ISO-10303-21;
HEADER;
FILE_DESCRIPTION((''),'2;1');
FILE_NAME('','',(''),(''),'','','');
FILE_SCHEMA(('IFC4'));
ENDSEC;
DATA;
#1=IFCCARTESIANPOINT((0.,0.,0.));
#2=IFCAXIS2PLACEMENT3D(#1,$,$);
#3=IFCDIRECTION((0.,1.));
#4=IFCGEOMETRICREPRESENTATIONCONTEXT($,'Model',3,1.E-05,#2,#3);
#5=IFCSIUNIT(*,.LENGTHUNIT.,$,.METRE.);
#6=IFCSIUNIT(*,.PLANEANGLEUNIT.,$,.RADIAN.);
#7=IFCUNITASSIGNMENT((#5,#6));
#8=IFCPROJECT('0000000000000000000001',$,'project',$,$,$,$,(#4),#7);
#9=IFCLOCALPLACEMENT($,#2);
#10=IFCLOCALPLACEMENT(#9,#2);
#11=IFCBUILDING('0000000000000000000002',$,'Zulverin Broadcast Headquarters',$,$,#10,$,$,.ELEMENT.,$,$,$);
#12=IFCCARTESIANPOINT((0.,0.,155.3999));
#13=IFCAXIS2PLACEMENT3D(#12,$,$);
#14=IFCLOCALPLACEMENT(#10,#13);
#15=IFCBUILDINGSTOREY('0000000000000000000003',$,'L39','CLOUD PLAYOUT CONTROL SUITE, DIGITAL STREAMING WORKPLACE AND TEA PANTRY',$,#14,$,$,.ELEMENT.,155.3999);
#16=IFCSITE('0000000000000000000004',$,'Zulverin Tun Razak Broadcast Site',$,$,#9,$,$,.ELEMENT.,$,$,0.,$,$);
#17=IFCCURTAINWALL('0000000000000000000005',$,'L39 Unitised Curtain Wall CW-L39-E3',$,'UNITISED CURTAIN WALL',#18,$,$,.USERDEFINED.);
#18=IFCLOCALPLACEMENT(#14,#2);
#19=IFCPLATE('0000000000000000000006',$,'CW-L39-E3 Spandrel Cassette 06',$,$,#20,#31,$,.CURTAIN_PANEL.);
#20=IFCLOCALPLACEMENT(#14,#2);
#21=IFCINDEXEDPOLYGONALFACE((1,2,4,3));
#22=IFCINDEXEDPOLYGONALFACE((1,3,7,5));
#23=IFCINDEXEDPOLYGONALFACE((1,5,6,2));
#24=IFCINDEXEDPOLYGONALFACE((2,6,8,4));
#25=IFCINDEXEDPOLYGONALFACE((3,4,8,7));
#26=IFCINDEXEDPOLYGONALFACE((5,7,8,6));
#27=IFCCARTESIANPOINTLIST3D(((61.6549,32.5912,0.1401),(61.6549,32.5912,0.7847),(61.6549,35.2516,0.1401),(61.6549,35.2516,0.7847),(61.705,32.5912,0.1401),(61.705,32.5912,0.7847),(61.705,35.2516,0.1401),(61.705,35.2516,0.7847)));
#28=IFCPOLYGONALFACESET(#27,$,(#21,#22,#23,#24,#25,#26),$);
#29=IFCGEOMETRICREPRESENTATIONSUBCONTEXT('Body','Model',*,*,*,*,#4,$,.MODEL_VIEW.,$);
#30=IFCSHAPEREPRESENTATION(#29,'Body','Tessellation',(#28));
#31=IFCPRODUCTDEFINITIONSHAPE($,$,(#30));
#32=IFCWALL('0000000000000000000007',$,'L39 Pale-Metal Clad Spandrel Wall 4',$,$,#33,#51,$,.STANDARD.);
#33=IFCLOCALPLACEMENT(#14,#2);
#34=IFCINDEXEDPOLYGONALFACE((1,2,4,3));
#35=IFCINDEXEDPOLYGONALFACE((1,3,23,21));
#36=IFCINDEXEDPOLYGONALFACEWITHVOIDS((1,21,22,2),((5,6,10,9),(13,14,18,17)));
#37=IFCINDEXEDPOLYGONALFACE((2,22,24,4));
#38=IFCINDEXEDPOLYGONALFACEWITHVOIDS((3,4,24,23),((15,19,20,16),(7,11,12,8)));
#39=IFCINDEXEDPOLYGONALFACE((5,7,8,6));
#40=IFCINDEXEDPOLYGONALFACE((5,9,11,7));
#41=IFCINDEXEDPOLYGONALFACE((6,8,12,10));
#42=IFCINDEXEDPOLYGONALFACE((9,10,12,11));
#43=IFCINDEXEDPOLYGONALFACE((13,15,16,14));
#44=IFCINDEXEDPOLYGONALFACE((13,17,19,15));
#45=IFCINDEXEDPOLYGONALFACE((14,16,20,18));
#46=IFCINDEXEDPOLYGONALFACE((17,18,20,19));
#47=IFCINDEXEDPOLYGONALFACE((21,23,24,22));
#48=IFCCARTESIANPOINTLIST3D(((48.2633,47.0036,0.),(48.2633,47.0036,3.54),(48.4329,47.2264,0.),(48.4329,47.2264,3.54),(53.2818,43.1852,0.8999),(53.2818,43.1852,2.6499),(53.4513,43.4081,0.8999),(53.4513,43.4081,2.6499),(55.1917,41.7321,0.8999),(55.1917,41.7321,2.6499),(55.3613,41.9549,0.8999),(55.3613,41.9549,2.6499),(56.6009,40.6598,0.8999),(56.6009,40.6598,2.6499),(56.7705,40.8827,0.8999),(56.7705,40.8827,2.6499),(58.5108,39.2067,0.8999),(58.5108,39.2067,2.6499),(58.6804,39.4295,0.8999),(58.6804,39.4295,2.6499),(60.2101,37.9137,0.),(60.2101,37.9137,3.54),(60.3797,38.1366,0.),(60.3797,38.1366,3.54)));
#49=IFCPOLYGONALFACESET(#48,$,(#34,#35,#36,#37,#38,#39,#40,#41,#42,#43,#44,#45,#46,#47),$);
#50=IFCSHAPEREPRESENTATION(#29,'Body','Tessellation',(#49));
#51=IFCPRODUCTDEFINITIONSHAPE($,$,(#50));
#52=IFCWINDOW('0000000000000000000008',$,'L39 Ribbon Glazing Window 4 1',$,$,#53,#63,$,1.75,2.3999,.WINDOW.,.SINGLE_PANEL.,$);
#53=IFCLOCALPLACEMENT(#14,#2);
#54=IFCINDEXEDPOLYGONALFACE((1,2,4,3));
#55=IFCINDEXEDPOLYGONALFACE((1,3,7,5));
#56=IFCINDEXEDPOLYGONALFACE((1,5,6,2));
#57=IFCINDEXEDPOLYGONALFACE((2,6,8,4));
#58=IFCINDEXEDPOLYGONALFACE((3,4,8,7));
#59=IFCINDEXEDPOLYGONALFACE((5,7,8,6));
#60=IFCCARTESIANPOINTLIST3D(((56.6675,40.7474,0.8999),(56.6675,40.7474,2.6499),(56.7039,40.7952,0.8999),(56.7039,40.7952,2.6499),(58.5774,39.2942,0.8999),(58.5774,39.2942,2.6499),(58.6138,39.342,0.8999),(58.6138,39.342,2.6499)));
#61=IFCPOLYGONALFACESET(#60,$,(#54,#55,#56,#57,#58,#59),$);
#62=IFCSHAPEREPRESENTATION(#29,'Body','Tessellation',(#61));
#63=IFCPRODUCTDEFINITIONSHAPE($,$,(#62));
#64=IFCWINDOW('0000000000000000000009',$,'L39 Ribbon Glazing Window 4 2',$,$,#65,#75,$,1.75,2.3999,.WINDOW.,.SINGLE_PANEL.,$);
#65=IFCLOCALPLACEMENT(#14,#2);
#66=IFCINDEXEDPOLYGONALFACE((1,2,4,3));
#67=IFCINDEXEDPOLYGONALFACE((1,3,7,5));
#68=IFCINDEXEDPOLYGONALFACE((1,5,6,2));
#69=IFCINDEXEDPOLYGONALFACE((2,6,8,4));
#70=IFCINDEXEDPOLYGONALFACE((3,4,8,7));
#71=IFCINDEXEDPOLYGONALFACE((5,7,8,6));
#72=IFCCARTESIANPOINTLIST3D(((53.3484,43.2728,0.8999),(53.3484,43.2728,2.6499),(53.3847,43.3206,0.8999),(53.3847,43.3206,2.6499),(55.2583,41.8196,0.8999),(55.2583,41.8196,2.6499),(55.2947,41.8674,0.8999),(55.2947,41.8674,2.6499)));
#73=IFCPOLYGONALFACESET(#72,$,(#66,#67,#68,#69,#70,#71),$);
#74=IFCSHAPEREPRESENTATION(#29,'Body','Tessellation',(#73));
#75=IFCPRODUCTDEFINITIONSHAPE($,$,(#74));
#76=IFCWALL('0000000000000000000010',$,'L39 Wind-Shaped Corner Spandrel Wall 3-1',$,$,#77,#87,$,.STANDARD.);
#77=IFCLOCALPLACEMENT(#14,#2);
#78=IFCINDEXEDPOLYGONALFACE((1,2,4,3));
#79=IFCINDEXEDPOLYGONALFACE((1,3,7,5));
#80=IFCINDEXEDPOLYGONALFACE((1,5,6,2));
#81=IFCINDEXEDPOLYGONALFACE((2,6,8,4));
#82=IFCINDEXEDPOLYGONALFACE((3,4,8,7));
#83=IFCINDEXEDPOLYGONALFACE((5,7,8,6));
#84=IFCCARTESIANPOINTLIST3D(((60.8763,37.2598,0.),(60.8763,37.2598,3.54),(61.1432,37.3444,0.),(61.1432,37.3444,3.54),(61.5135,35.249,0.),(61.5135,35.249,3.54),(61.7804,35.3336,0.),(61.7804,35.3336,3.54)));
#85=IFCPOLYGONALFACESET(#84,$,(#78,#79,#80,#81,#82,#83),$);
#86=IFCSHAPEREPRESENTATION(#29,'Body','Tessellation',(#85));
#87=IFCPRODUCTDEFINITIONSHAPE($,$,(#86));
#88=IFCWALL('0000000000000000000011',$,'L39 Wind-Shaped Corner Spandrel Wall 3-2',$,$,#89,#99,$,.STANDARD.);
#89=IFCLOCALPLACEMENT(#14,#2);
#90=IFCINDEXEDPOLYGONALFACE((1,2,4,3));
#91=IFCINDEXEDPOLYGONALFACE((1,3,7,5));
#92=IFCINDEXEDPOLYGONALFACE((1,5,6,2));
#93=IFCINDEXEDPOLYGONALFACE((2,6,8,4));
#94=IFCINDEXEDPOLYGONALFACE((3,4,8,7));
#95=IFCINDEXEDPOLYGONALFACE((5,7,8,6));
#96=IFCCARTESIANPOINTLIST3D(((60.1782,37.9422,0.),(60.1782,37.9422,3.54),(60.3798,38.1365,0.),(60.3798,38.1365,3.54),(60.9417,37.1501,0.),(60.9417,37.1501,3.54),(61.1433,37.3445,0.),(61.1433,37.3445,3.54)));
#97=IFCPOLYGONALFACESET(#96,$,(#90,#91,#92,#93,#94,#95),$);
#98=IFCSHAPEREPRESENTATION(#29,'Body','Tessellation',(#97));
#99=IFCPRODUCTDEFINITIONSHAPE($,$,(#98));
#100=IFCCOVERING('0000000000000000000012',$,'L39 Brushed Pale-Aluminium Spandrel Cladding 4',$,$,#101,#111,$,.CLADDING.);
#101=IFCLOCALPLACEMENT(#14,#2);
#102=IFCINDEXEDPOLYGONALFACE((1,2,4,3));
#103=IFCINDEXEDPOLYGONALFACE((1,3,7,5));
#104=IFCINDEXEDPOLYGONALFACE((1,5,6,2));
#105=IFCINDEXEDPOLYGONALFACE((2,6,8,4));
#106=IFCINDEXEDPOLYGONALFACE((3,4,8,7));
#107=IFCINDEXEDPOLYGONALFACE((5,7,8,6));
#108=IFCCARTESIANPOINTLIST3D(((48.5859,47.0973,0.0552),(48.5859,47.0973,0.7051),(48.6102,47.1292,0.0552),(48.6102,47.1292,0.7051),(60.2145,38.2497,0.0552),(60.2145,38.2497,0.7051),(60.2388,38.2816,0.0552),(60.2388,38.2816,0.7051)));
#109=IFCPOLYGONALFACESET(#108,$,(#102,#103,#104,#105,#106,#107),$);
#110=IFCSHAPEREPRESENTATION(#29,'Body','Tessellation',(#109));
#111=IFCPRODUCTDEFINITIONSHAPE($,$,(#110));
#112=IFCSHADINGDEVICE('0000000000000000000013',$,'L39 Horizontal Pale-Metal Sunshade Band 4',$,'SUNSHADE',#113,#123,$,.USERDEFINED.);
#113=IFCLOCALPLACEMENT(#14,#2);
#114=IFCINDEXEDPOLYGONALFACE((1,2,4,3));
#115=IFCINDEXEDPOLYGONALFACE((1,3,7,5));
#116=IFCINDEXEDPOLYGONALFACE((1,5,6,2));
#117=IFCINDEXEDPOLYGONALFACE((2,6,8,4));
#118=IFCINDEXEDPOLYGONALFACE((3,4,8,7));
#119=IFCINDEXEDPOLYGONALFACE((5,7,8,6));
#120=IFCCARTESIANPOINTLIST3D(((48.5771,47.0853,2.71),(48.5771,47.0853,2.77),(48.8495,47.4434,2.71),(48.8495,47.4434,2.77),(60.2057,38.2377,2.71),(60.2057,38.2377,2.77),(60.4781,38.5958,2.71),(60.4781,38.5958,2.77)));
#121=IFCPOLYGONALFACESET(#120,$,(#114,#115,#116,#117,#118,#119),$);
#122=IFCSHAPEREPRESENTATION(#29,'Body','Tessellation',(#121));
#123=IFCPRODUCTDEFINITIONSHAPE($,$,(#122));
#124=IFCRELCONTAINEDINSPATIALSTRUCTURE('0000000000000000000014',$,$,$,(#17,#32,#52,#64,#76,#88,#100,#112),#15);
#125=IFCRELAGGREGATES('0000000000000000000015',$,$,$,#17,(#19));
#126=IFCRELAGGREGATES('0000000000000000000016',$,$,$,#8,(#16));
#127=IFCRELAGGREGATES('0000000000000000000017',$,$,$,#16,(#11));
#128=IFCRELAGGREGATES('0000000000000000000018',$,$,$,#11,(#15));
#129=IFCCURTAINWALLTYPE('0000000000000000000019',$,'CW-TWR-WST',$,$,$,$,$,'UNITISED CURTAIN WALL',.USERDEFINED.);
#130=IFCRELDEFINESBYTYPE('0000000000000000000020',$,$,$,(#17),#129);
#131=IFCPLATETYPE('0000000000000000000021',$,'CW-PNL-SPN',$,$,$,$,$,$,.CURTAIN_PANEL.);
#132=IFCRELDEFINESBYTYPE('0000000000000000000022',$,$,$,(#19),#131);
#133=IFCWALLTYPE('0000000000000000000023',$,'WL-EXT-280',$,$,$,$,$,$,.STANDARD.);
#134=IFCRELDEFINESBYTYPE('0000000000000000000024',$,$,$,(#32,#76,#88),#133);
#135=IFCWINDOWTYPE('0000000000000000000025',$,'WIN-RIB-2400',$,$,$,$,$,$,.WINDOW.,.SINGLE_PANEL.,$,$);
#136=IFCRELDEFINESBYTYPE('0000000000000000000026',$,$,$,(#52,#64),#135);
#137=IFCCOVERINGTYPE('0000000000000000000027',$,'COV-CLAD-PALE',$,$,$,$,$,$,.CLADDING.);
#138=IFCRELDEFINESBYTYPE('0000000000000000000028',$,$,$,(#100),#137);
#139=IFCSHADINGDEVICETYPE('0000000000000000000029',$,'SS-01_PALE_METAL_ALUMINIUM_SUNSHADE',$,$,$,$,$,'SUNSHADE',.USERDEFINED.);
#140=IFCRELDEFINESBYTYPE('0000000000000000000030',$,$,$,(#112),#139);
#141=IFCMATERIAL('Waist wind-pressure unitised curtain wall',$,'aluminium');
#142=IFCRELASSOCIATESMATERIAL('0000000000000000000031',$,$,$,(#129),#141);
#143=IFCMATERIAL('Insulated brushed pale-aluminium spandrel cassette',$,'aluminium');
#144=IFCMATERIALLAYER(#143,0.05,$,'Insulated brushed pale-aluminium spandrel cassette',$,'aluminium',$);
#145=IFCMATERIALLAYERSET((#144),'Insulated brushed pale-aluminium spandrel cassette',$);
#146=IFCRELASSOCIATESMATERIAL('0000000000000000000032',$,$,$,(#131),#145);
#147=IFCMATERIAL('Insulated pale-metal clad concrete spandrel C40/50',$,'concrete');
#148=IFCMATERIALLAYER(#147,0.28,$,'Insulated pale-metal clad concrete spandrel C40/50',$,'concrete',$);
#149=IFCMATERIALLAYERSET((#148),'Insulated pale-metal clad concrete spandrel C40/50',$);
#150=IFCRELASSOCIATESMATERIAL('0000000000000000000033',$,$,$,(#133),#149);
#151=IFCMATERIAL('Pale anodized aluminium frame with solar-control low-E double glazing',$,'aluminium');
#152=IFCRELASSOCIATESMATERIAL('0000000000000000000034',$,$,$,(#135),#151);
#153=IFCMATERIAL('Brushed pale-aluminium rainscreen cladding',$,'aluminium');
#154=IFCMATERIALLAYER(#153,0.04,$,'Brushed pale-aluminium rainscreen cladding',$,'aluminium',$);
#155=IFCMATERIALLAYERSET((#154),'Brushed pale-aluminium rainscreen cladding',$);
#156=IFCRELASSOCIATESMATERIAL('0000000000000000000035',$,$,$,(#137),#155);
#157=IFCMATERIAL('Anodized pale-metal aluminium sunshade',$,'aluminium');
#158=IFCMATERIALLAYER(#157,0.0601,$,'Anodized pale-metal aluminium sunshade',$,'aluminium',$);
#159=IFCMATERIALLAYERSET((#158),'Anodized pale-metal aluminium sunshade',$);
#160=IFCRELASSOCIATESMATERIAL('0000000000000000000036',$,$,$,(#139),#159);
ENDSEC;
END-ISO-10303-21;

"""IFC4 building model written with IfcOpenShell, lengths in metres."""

from ifc_helpers import new_model, si_unit, direction, frame, frame_2d, origin, origin_2d, place, context, subcontext, project, spatial, rectangle, extrude, material, layer, layer_set, type_object, element, fill, aggregate, save


model = new_model("IFC4")

# Units and contexts
model_context = context("Model", 3, precision=1e-05, world=origin(), true_north=direction((0.0, 1.0)))
body_context = subcontext(model_context, "Body", "Model", "MODEL_VIEW")
ifc_project = project(units=[si_unit("LENGTHUNIT", "METRE"), si_unit("PLANEANGLEUNIT", "RADIAN")], contexts=[model_context])

# Site, building, storey
site_placement = place(None, origin())
site = spatial("IfcSite", under=ifc_project, at=site_placement, Name="Zulverin Tun Razak Broadcast Site", CompositionType="ELEMENT", RefElevation=0.0)
building_placement = place(site_placement, origin())
building = spatial("IfcBuilding", under=site, at=building_placement, Name="Zulverin Broadcast Headquarters", CompositionType="ELEMENT")
storey_placement = place(building_placement, frame((0.0, 0.0, 155.3999)))
storey = spatial("IfcBuildingStorey", under=building, at=storey_placement, Name="L39", Description="CLOUD PLAYOUT CONTROL SUITE, DIGITAL STREAMING WORKPLACE AND TEA PANTRY", CompositionType="ELEMENT", Elevation=155.3999)

# Curtain wall, plate
ifc_material_1 = material(Name="Waist wind-pressure unitised curtain wall", Category="aluminium")
curtain_wall_type = type_object("IfcCurtainWallType", Name="CW-TWR-WST", ElementType="UNITISED CURTAIN WALL", PredefinedType="USERDEFINED", material=ifc_material_1)
curtain_wall_placement = place(storey_placement, origin())
curtain_wall = element("IfcCurtainWall", 1, at=curtain_wall_placement, inside=storey, type_object=curtain_wall_type, Name="L39 Unitised Curtain Wall CW-L39-E3", ObjectType="UNITISED CURTAIN WALL", PredefinedType="USERDEFINED")
ifc_material_2 = material(Name="Insulated brushed pale-aluminium spandrel cassette", Category="aluminium")
ifc_layer_1 = layer(ifc_material_2, 0.05, Name="Insulated brushed pale-aluminium spandrel cassette", Category="aluminium")
ifc_layer_set_1 = layer_set([ifc_layer_1], Name="Insulated brushed pale-aluminium spandrel cassette")
plate_type_1 = type_object("IfcPlateType", Name="CW-PNL-SPN", PredefinedType="CURTAIN_PANEL", material=ifc_layer_set_1)
plate_1_placement = place(storey_placement, frame((61.6799, 33.9214, 0.1401), z_axis=(0.0, 0.0, 1.0), x_axis=(0.0, 1.0, 0.0)))
plate_1 = element("IfcPlate", 2, at=plate_1_placement, type_object=plate_type_1, Name="CW-L39-E3 Spandrel Cassette 06", PredefinedType="CURTAIN_PANEL", context=body_context, shape_type="SweptSolid", body=[
    extrude(rectangle(XDim=2.6604, YDim=0.05, at=origin_2d()), origin(), (0.0, 0.0, 1.0), 0.6445),
])
aggregate(curtain_wall, [plate_1])

# Wall, openings, windows
ifc_material_3 = material(Name="Insulated pale-metal clad concrete spandrel C40/50", Category="concrete")
ifc_layer_2 = layer(ifc_material_3, 0.28, Name="Insulated pale-metal clad concrete spandrel C40/50", Category="concrete")
ifc_layer_set_2 = layer_set([ifc_layer_2], Name="Insulated pale-metal clad concrete spandrel C40/50")
wall_type = type_object("IfcWallType", Name="WL-EXT-280", PredefinedType="STANDARD", material=ifc_layer_set_2)
wall_1_placement = place(storey_placement, frame((60.2949, 38.0251, 0.0), z_axis=(0.0, 0.0, 1.0), x_axis=(-0.795832, 0.605518, 0.0)))
wall_1 = element("IfcWall", 3, at=wall_1_placement, inside=storey, type_object=wall_type, Name="L39 Pale-Metal Clad Spandrel Wall 4", PredefinedType="STANDARD", context=body_context, shape_type="SweptSolid", body=[
    extrude(rectangle(XDim=15.0117, YDim=0.28, at=frame_2d((7.5059, 0.0))), origin(), (0.0, 0.0, 1.0), 3.54),
])
opening_1_placement = place(wall_1_placement, frame((2.1353, 0.0, 0.8999)))
opening_1 = element("IfcOpeningElement", 4, at=opening_1_placement, cuts=wall_1, PredefinedType="OPENING", context=body_context, shape_type="SweptSolid", body=[
    extrude(rectangle(XDim=2.3999, YDim=1.75, at=frame_2d((1.2, 0.875))), frame((0.0, 0.1499, 0.0), z_axis=(0.0, -1.0, 0.0), x_axis=(1.0, 0.0, 0.0)), (0.0, 0.0, 1.0), 0.3),
])
opening_2_placement = place(wall_1_placement, frame((6.3059, 0.0, 0.8999)))
opening_2 = element("IfcOpeningElement", 5, at=opening_2_placement, cuts=wall_1, PredefinedType="OPENING", context=body_context, shape_type="SweptSolid", body=[
    extrude(rectangle(XDim=2.3999, YDim=1.75, at=frame_2d((1.2, 0.875))), frame((0.0, 0.1499, 0.0), z_axis=(0.0, -1.0, 0.0), x_axis=(1.0, 0.0, 0.0)), (0.0, 0.0, 1.0), 0.3),
])
ifc_material_4 = material(Name="Pale anodized aluminium frame with solar-control low-E double glazing", Category="aluminium")
window_type = type_object("IfcWindowType", Name="WIN-RIB-2400", PartitioningType="SINGLE_PANEL", PredefinedType="WINDOW", material=ifc_material_4)
window_1_placement = place(opening_1_placement, origin())
window_1 = element("IfcWindow", 6, at=window_1_placement, inside=storey, type_object=window_type, Name="L39 Ribbon Glazing Window 4 1", OverallHeight=1.75, OverallWidth=2.3999, PartitioningType="SINGLE_PANEL", PredefinedType="WINDOW", context=body_context, shape_type="SweptSolid", body=[
    extrude(rectangle(XDim=2.3999, YDim=1.75, at=frame_2d((1.2, 0.875))), frame((0.0, 0.03, 0.0), z_axis=(0.0, -1.0, 0.0), x_axis=(1.0, 0.0, 0.0)), (0.0, 0.0, 1.0), 0.0601),
])
fill(opening_1, window_1)
window_2_placement = place(opening_2_placement, origin())
window_2 = element("IfcWindow", 7, at=window_2_placement, inside=storey, type_object=window_type, Name="L39 Ribbon Glazing Window 4 2", OverallHeight=1.75, OverallWidth=2.3999, PartitioningType="SINGLE_PANEL", PredefinedType="WINDOW", context=body_context, shape_type="SweptSolid", body=[
    extrude(rectangle(XDim=2.3999, YDim=1.75, at=frame_2d((1.2, 0.875))), frame((0.0, 0.03, 0.0), z_axis=(0.0, -1.0, 0.0), x_axis=(1.0, 0.0, 0.0)), (0.0, 0.0, 1.0), 0.0601),
])
fill(opening_2, window_2)

# Walls
wall_2_placement = place(storey_placement, frame((61.647, 35.2913, 0.0), z_axis=(0.0, 0.0, 1.0), x_axis=(-0.302095, 0.953278, 0.0)))
element("IfcWall", 8, at=wall_2_placement, inside=storey, type_object=wall_type, Name="L39 Wind-Shaped Corner Spandrel Wall 3-1", PredefinedType="STANDARD", context=body_context, shape_type="SweptSolid", body=[
    extrude(rectangle(XDim=2.1094, YDim=0.28, at=frame_2d((1.0547, 0.0))), origin(), (0.0, 0.0, 1.0), 3.54),
])
wall_3_placement = place(storey_placement, frame((61.0425, 37.2473, 0.0), z_axis=(0.0, 0.0, 1.0), x_axis=(-0.694004, 0.719971, 0.0)))
element("IfcWall", 9, at=wall_3_placement, inside=storey, type_object=wall_type, Name="L39 Wind-Shaped Corner Spandrel Wall 3-2", PredefinedType="STANDARD", context=body_context, shape_type="SweptSolid", body=[
    extrude(rectangle(XDim=1.1001, YDim=0.28, at=frame_2d((0.55, 0.0))), origin(), (0.0, 0.0, 1.0), 3.54),
])

# Covering
ifc_material_5 = material(Name="Brushed pale-aluminium rainscreen cladding", Category="aluminium")
ifc_layer_3 = layer(ifc_material_5, 0.04, Name="Brushed pale-aluminium rainscreen cladding", Category="aluminium")
ifc_layer_set_3 = layer_set([ifc_layer_3], Name="Brushed pale-aluminium rainscreen cladding")
covering_type = type_object("IfcCoveringType", Name="COV-CLAD-PALE", PredefinedType="CLADDING", material=ifc_layer_set_3)
covering_placement = place(storey_placement, frame((54.4124, 42.6895, 0.0552), z_axis=(0.0, 0.0, 1.0), x_axis=(-0.795836, 0.605512, 0.0)))
element("IfcCovering", 10, at=covering_placement, inside=storey, type_object=covering_type, Name="L39 Brushed Pale-Aluminium Spandrel Cladding 4", PredefinedType="CLADDING", context=body_context, shape_type="SweptSolid", body=[
    extrude(rectangle(XDim=14.6118, YDim=0.04, at=origin_2d()), origin(), (0.0, 0.0, 1.0), 0.6499),
])

# Shading device
ifc_material_6 = material(Name="Anodized pale-metal aluminium sunshade", Category="aluminium")
ifc_layer_4 = layer(ifc_material_6, 0.0601, Name="Anodized pale-metal aluminium sunshade", Category="aluminium")
ifc_layer_set_4 = layer_set([ifc_layer_4], Name="Anodized pale-metal aluminium sunshade")
shading_device_type = type_object("IfcShadingDeviceType", Name="SS-01_PALE_METAL_ALUMINIUM_SUNSHADE", ElementType="SUNSHADE", PredefinedType="USERDEFINED", material=ifc_layer_set_4)
shading_device_placement = place(storey_placement, frame((54.5276, 42.8406, 2.71), z_axis=(0.0, 0.0, 1.0), x_axis=(-0.795836, 0.605512, 0.0)))
element("IfcShadingDevice", 11, at=shading_device_placement, inside=storey, type_object=shading_device_type, Name="L39 Horizontal Pale-Metal Sunshade Band 4", ObjectType="SUNSHADE", PredefinedType="USERDEFINED", context=body_context, shape_type="SweptSolid", body=[
    extrude(rectangle(XDim=14.6118, YDim=0.45, at=origin_2d()), origin(), (0.0, 0.0, 1.0), 0.0601),
])

save(model, "model.ifc")
